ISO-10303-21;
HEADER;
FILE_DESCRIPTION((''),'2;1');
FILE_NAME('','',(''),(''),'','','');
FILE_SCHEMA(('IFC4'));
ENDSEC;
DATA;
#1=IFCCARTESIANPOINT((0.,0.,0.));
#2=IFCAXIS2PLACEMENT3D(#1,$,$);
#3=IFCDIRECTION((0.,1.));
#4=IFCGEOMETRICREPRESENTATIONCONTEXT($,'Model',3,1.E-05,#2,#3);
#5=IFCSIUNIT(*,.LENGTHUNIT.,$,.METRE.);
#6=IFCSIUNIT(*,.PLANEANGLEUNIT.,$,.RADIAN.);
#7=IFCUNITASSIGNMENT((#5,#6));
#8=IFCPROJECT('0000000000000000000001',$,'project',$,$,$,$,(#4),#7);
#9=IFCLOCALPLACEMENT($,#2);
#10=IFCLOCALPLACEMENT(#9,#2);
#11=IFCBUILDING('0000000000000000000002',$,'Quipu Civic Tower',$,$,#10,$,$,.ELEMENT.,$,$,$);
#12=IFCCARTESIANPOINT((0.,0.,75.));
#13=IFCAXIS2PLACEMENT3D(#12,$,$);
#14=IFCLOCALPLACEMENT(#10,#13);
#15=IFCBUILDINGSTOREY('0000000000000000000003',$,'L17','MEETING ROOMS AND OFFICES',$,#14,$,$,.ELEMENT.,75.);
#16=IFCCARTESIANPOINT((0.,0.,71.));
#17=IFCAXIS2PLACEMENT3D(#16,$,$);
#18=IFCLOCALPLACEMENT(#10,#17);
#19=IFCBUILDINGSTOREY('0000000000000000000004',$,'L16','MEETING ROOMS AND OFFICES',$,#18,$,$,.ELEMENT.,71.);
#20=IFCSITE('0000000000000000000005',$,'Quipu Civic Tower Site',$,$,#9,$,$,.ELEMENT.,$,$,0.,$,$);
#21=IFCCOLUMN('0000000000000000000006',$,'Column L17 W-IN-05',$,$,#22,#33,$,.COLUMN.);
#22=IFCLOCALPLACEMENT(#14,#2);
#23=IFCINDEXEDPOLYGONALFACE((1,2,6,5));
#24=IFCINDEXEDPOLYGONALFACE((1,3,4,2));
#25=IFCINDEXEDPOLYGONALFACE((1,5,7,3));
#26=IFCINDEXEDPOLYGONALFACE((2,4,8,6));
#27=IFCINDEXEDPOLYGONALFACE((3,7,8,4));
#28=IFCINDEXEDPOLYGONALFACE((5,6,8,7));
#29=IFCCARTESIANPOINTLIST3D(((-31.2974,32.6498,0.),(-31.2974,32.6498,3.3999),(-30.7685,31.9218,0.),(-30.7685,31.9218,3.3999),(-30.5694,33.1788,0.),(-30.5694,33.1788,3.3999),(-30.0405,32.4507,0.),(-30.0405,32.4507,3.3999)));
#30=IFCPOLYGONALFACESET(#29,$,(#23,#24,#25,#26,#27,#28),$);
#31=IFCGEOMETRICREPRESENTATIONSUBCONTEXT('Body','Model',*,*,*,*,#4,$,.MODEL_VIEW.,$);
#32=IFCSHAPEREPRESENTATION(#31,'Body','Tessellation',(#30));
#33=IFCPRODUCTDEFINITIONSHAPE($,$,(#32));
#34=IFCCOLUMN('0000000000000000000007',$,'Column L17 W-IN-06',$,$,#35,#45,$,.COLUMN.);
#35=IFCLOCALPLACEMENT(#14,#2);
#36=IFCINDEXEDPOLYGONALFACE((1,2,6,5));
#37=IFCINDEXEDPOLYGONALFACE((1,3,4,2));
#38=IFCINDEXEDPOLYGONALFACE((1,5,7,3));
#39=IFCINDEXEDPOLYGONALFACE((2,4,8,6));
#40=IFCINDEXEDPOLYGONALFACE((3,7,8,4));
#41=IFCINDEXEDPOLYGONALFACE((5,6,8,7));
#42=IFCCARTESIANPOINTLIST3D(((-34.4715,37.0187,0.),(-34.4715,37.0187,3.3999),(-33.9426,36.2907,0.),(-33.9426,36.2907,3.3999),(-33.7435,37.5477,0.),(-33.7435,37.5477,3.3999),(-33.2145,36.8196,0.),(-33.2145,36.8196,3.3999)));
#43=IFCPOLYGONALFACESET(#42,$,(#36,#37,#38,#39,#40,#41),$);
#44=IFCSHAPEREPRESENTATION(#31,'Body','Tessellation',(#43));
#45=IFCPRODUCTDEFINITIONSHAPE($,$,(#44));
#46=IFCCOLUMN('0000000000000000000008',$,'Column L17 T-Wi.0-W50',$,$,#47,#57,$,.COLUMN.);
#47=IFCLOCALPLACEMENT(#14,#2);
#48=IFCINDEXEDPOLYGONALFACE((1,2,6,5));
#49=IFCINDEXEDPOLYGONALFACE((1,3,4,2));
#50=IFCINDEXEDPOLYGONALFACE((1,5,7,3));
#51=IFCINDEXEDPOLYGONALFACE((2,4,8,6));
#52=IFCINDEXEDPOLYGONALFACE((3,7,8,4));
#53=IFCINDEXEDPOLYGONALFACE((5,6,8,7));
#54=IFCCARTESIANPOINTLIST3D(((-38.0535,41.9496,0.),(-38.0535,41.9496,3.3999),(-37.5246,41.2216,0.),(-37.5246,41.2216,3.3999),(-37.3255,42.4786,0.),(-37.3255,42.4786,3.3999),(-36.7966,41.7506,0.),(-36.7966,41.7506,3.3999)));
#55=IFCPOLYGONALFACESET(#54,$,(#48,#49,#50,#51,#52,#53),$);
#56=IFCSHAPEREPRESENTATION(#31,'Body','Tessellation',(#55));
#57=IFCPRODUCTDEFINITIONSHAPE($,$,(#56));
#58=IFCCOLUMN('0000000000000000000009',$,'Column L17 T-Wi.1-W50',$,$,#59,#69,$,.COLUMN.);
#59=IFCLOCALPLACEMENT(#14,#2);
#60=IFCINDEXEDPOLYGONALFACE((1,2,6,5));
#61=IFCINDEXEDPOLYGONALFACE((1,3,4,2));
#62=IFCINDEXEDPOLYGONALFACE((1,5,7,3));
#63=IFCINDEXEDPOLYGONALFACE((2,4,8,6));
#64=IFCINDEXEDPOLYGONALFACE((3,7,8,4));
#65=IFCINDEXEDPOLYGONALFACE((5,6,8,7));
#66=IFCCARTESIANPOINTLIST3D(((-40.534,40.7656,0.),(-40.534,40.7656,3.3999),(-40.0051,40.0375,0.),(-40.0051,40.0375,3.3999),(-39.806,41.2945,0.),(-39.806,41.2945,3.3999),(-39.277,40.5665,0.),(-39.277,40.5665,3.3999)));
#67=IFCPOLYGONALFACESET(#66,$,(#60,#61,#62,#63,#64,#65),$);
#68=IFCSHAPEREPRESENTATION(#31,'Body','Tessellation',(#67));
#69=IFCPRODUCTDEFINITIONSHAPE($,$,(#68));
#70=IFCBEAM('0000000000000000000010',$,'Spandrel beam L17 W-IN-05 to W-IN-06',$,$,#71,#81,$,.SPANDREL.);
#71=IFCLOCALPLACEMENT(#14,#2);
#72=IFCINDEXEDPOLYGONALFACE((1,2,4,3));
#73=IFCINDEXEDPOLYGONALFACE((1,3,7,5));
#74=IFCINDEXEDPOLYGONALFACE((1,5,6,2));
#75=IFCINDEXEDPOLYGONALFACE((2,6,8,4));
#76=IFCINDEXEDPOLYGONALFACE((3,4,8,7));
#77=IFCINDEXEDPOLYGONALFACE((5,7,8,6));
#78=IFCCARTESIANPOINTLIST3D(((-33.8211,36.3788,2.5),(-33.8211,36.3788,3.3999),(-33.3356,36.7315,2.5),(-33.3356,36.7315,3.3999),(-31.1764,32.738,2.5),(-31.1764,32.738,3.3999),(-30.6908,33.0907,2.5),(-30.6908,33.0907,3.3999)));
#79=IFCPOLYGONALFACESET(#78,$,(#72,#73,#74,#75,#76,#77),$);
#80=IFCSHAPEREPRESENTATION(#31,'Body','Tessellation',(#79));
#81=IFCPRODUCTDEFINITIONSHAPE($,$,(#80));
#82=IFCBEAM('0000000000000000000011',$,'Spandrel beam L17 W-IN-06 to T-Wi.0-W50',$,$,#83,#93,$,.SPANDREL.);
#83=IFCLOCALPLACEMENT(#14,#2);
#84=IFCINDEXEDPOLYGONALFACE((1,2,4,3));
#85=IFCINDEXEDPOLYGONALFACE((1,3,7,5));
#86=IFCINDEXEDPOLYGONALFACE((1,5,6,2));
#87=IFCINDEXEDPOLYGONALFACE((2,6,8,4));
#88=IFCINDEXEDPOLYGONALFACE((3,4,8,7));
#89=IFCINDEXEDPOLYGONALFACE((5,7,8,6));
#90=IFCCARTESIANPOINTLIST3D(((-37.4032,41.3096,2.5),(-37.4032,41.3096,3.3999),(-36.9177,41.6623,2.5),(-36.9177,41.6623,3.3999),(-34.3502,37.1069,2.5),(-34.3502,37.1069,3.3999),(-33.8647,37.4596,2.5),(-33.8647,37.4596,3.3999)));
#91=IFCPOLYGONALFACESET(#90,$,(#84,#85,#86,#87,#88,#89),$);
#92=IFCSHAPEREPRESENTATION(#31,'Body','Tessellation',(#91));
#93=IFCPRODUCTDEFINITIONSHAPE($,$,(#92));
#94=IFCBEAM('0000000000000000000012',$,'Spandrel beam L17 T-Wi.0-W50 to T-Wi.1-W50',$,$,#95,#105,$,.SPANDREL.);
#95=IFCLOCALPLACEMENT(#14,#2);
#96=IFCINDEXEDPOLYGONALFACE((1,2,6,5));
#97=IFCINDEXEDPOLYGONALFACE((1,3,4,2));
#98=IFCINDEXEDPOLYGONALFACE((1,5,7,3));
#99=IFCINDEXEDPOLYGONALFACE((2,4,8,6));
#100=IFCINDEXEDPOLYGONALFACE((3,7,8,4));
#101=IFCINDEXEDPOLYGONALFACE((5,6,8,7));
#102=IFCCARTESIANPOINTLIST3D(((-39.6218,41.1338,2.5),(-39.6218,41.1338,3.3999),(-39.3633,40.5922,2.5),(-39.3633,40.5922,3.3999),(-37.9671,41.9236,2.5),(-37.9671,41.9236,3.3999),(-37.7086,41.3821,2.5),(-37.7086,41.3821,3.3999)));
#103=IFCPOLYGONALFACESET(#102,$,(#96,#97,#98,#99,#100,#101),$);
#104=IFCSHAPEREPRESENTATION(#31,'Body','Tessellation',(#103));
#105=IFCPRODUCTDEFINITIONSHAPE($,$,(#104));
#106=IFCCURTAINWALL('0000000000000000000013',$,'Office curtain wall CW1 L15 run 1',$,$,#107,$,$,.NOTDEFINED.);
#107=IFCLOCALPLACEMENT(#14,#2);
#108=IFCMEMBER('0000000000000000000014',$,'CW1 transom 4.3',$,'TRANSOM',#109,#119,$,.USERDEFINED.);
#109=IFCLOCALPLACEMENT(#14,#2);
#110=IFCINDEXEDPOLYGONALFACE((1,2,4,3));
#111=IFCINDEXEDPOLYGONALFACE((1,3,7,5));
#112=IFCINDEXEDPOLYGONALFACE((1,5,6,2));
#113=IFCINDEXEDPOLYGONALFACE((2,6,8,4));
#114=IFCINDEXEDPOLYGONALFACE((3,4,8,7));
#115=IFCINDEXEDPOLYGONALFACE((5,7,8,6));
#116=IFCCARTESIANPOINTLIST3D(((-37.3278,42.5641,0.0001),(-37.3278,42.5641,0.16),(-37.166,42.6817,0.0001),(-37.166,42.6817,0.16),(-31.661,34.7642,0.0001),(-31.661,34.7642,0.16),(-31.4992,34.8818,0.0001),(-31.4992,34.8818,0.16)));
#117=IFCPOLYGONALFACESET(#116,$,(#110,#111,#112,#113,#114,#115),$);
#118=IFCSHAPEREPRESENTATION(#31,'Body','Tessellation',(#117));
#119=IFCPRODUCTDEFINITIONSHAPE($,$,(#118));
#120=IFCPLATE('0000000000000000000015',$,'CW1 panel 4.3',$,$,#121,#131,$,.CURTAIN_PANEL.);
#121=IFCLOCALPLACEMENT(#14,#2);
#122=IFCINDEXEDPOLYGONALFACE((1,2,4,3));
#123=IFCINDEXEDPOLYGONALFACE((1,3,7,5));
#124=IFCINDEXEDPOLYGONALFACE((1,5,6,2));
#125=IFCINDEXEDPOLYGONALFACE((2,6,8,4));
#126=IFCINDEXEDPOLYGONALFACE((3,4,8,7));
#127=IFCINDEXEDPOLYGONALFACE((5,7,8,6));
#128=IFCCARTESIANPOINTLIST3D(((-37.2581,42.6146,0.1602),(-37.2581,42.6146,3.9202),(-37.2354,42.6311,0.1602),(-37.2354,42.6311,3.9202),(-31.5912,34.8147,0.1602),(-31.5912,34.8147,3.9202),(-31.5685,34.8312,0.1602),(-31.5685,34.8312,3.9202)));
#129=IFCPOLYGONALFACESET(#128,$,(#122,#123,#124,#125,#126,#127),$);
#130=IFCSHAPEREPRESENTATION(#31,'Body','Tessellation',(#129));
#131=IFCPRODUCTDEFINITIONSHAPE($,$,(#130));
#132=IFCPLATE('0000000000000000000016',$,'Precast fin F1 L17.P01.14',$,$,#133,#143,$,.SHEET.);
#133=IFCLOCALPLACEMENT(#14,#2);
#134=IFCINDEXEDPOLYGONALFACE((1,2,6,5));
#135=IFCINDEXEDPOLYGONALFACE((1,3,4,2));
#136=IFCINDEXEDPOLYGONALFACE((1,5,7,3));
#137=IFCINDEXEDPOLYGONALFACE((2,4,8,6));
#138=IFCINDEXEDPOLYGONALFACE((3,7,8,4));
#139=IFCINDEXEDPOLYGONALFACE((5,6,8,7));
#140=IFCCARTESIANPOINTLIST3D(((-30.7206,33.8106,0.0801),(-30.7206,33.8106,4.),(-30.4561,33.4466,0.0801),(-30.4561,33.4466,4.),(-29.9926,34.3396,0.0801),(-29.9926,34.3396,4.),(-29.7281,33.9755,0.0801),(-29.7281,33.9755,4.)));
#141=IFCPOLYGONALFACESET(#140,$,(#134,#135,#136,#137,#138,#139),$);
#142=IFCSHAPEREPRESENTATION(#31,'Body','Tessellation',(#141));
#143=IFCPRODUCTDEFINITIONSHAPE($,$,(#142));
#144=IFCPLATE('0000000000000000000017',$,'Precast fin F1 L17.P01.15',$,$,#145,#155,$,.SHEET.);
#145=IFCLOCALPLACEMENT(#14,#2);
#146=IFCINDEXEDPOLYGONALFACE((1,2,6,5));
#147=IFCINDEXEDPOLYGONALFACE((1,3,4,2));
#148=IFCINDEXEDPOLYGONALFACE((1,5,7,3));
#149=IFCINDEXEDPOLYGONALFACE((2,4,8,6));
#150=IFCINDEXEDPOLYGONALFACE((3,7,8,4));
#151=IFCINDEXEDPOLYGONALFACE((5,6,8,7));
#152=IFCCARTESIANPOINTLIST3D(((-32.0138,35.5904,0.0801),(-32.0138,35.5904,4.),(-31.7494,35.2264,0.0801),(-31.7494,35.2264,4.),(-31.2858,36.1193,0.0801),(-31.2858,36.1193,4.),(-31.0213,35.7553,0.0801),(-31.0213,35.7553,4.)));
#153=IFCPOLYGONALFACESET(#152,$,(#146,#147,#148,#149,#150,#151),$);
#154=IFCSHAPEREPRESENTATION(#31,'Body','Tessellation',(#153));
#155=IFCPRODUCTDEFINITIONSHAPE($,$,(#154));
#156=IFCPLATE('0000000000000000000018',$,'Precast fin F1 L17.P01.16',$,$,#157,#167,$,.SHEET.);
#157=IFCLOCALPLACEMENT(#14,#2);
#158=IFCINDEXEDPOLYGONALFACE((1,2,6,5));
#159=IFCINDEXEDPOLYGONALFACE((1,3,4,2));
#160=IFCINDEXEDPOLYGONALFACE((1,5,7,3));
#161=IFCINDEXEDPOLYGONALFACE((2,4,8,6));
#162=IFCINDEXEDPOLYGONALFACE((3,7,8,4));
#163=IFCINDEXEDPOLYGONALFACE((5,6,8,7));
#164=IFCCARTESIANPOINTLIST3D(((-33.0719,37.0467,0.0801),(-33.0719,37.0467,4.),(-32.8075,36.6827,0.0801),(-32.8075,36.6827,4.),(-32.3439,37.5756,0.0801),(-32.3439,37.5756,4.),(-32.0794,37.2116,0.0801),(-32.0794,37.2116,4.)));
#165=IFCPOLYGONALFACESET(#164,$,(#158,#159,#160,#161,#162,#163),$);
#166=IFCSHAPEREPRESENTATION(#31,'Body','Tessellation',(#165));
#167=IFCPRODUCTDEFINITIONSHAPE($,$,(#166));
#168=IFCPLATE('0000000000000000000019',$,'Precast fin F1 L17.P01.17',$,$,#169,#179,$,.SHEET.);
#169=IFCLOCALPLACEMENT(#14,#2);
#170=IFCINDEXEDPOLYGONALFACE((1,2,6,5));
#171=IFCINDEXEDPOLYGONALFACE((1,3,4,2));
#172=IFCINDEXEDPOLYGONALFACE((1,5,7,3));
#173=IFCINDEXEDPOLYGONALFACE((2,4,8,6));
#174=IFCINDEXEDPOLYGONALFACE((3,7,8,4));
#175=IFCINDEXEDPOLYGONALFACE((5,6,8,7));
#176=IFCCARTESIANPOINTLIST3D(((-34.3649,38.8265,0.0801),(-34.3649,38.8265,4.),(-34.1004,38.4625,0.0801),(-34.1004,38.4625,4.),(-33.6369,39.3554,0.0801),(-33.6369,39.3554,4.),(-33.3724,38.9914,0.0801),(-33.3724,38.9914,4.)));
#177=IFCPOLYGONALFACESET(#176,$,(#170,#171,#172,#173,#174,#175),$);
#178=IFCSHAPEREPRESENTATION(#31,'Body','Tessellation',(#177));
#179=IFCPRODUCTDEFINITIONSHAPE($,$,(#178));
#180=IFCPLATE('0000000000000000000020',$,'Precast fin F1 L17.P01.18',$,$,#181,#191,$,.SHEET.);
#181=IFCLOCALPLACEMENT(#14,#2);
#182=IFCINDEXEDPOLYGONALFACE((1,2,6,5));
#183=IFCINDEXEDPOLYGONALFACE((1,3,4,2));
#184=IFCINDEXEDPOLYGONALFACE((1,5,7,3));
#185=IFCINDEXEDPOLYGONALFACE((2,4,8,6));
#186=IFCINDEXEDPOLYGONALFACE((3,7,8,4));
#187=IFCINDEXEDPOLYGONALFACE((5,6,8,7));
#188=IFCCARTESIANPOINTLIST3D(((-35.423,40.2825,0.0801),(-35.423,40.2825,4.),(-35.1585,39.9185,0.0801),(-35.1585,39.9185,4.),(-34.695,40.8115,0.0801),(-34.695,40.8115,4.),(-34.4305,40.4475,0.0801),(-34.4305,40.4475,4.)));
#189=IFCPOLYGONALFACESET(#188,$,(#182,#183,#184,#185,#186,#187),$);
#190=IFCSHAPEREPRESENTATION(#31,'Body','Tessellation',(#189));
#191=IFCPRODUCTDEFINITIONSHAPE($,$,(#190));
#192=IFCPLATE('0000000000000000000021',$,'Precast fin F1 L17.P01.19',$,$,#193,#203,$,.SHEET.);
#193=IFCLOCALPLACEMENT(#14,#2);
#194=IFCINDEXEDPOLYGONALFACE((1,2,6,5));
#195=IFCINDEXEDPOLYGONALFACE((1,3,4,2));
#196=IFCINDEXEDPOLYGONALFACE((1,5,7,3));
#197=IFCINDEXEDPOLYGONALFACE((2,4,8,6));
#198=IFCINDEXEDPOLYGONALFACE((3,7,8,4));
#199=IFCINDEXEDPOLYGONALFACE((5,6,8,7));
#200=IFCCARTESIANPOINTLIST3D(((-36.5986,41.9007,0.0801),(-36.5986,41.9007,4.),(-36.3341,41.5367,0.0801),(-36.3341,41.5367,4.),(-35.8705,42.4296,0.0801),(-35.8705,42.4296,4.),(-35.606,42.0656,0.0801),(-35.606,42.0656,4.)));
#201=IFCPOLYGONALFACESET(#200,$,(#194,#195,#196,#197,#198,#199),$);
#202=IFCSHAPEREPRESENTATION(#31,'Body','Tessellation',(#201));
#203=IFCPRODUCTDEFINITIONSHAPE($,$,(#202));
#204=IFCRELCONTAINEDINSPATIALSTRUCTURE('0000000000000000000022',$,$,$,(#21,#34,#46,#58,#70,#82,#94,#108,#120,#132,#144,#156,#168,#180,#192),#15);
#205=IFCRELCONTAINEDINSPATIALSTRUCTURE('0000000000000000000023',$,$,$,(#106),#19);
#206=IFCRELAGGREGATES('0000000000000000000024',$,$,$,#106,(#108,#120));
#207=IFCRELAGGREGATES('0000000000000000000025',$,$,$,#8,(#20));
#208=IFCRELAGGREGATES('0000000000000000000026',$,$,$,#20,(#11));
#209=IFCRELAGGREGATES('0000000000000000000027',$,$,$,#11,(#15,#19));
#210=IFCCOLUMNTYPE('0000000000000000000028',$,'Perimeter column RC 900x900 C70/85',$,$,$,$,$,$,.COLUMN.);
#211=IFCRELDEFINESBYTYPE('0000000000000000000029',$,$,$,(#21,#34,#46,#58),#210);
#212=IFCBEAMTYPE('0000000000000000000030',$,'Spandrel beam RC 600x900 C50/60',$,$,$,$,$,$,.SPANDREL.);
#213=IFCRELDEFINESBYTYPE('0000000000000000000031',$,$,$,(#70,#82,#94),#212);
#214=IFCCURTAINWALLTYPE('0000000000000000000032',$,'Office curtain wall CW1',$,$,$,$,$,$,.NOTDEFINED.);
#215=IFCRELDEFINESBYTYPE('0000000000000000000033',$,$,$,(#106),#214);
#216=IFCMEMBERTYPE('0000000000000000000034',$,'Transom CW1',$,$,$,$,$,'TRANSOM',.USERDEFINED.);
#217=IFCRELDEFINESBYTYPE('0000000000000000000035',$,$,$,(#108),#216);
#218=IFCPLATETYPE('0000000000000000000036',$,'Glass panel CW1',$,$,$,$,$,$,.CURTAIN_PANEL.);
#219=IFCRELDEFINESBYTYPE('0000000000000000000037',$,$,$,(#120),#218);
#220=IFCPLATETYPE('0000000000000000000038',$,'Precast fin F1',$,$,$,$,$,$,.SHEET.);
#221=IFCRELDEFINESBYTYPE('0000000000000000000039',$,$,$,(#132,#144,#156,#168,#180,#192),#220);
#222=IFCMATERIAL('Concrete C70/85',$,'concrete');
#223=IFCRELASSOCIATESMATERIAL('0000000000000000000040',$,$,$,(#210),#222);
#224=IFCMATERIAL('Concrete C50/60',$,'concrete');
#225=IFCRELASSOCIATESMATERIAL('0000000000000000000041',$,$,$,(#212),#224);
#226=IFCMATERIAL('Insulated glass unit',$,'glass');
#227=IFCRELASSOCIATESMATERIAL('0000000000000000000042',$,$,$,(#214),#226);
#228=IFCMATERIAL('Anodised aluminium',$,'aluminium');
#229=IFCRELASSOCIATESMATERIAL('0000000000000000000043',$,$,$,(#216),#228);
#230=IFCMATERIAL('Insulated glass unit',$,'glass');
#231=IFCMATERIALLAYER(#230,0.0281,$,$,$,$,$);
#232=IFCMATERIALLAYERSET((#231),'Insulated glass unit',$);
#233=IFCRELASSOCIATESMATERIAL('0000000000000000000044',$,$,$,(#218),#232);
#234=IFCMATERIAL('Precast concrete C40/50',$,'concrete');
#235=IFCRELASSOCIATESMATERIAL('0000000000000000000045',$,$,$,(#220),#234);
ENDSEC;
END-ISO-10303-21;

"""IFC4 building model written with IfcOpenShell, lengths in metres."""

from ifc_helpers import new_model, si_unit, direction, frame, origin, origin_2d, place, context, subcontext, project, spatial, rectangle, extrude, material, layer, layer_set, material_profile, profile_set, type_object, element, aggregate, save


model = new_model("IFC4")

# Units and contexts
model_context = context("Model", 3, precision=1e-05, world=origin(), true_north=direction((0.0, 1.0)))
body_context = subcontext(model_context, "Body", "Model", "MODEL_VIEW")
ifc_project = project(units=[si_unit("LENGTHUNIT", "METRE"), si_unit("PLANEANGLEUNIT", "RADIAN")], contexts=[model_context])

# Site, building, storey
site_placement = place(None, origin())
site = spatial("IfcSite", under=ifc_project, at=site_placement, Name="Quipu Civic Tower Site", CompositionType="ELEMENT", RefElevation=0.0)
building_placement = place(site_placement, origin())
building = spatial("IfcBuilding", under=site, at=building_placement, Name="Quipu Civic Tower", CompositionType="ELEMENT")
storey_1_placement = place(building_placement, frame((0.0, 0.0, 75.0)))
storey_1 = spatial("IfcBuildingStorey", under=building, at=storey_1_placement, Name="L17", Description="MEETING ROOMS AND OFFICES", CompositionType="ELEMENT", Elevation=75.0)

# Columns
ifc_material_1 = material(Name="Concrete C70/85", Category="concrete")
ifc_material_profile_1 = material_profile(ifc_material_1, rectangle(XDim=0.8999, YDim=0.8999, at=origin_2d()), Name="RC900x900")
ifc_profile_set_1 = profile_set([ifc_material_profile_1], Name="Concrete C70/85")
column_type = type_object("IfcColumnType", Name="Perimeter column RC 900x900 C70/85", PredefinedType="COLUMN", material=ifc_profile_set_1)
for number, where, z_axis, x_axis, name in (
    (1, (-30.6689, 32.5503, 0.0), (0.0, 0.0, 1.0), (-0.587785, 0.809017, 0.0), "Column L17 W-IN-05"),
    (2, (-33.843, 36.9192, 0.0), (0.0, 0.0, 1.0), (-0.587785, 0.809017, 0.0), "Column L17 W-IN-06"),
    (3, (-37.425, 41.8501, 0.0), (0.0, 0.0, 1.0), (-0.587785, 0.809017, 0.0), "Column L17 T-Wi.0-W50"),
    (4, (-39.9055, 40.666, 0.0), (0.0, 0.0, 1.0), (-0.587785, 0.809017, 0.0), "Column L17 T-Wi.1-W50"),
):
    element("IfcColumn", number, at=place(storey_1_placement, frame(where, z_axis=z_axis, x_axis=x_axis)), inside=storey_1, type_object=column_type, Name=name, PredefinedType="COLUMN", context=body_context, shape_type="SweptSolid", body=[
        extrude(rectangle(XDim=0.8999, YDim=0.8999, at=origin_2d()), origin(), (0.0, 0.0, 1.0), 3.3999),
    ])

# Beams
ifc_material_2 = material(Name="Concrete C50/60", Category="concrete")
ifc_material_profile_2 = material_profile(ifc_material_2, rectangle(XDim=0.6001, YDim=0.8999, at=origin_2d()), Name="RC600x900")
ifc_profile_set_2 = profile_set([ifc_material_profile_2], Name="Concrete C50/60")
beam_type = type_object("IfcBeamType", Name="Spandrel beam RC 600x900 C50/60", PredefinedType="SPANDREL", material=ifc_profile_set_2)
beam_1_placement = place(storey_1_placement, frame((-30.9336, 32.9143, 2.95), z_axis=(-0.587717, 0.809067, 0.0), x_axis=(-0.809067, -0.587717, 0.0)))
element("IfcBeam", 5, at=beam_1_placement, inside=storey_1, type_object=beam_type, Name="Spandrel beam L17 W-IN-05 to W-IN-06", PredefinedType="SPANDREL", context=body_context, shape_type="SweptSolid", body=[
    extrude(rectangle(XDim=0.6001, YDim=0.8999, at=origin_2d()), origin(), (0.0, 0.0, 1.0), 4.5),
])
beam_2_placement = place(storey_1_placement, frame((-34.1074, 37.2832, 2.95), z_axis=(-0.587733, 0.809055, 0.0), x_axis=(-0.809055, -0.587733, 0.0)))
element("IfcBeam", 6, at=beam_2_placement, inside=storey_1, type_object=beam_type, Name="Spandrel beam L17 W-IN-06 to T-Wi.0-W50", PredefinedType="SPANDREL", context=body_context, shape_type="SweptSolid", body=[
    extrude(rectangle(XDim=0.6001, YDim=0.8999, at=origin_2d()), origin(), (0.0, 0.0, 1.0), 5.1946),
])
beam_3_placement = place(storey_1_placement, frame((-37.8379, 41.6528, 2.95), z_axis=(-0.902454, -0.430786, 0.0), x_axis=(0.430786, -0.902454, 0.0)))
element("IfcBeam", 7, at=beam_3_placement, inside=storey_1, type_object=beam_type, Name="Spandrel beam L17 T-Wi.0-W50 to T-Wi.1-W50", PredefinedType="SPANDREL", context=body_context, shape_type="SweptSolid", body=[
    extrude(rectangle(XDim=0.6001, YDim=0.8999, at=origin_2d()), origin(), (0.0, 0.0, 1.0), 1.8335),
])

# Shared definitions
storey_2_placement = place(building_placement, frame((0.0, 0.0, 71.0)))
storey_2 = spatial("IfcBuildingStorey", under=building, at=storey_2_placement, Name="L16", Description="MEETING ROOMS AND OFFICES", CompositionType="ELEMENT", Elevation=71.0)

# Curtain wall, member, plate
ifc_material_3 = material(Name="Insulated glass unit", Category="glass")
curtain_wall_type = type_object("IfcCurtainWallType", Name="Office curtain wall CW1", PredefinedType="NOTDEFINED", material=ifc_material_3)
curtain_wall_placement = place(storey_2_placement, origin())
curtain_wall = element("IfcCurtainWall", 8, at=curtain_wall_placement, inside=storey_2, type_object=curtain_wall_type, Name="Office curtain wall CW1 L15 run 1", PredefinedType="NOTDEFINED")
ifc_material_4 = material(Name="Anodised aluminium", Category="aluminium")
ifc_material_profile_3 = material_profile(ifc_material_4, rectangle(XDim=0.2, YDim=0.1599, at=origin_2d()), Name="RECT 200x160")
ifc_profile_set_3 = profile_set([ifc_material_profile_3], Name="Anodised aluminium")
member_type = type_object("IfcMemberType", Name="Transom CW1", ElementType="TRANSOM", PredefinedType="USERDEFINED", material=ifc_profile_set_3)
member_placement = place(storey_1_placement, frame((-31.5801, 34.823, 0.0801), z_axis=(-0.587776, 0.809024, 0.0), x_axis=(-0.809024, -0.587776, 0.0)))
member = element("IfcMember", 9, at=member_placement, inside=storey_1, type_object=member_type, Name="CW1 transom 4.3", ObjectType="TRANSOM", PredefinedType="USERDEFINED", context=body_context, shape_type="SweptSolid", body=[
    extrude(rectangle(XDim=0.2, YDim=0.1599, at=origin_2d()), origin(), (0.0, 0.0, 1.0), 9.6411),
])
ifc_material_5 = material(Name="Insulated glass unit", Category="glass")
ifc_layer_1 = layer(ifc_material_5, 0.0281)
ifc_layer_set_1 = layer_set([ifc_layer_1], Name="Insulated glass unit")
plate_type_1 = type_object("IfcPlateType", Name="Glass panel CW1", PredefinedType="CURTAIN_PANEL", material=ifc_layer_set_1)
plate_placement = place(storey_1_placement, frame((-34.4133, 38.7229, 0.1602), z_axis=(0.0, 0.0, 1.0), x_axis=(-0.587786, 0.809017, 0.0)))
plate = element("IfcPlate", 10, at=plate_placement, inside=storey_1, type_object=plate_type_1, Name="CW1 panel 4.3", PredefinedType="CURTAIN_PANEL", context=body_context, shape_type="SweptSolid", body=[
    extrude(rectangle(XDim=9.6411, YDim=0.0281, at=origin_2d()), origin(), (0.0, 0.0, 1.0), 3.76),
])
aggregate(curtain_wall, [member, plate])

# Plates
ifc_material_6 = material(Name="Precast concrete C40/50", Category="concrete")
plate_type_2 = type_object("IfcPlateType", Name="Precast fin F1", PredefinedType="SHEET", material=ifc_material_6)
for number, where, z_axis, x_axis, name in (
    (11, (-30.2244, 33.8931, 0.0801), (0.0, 0.0, 1.0), (-0.587785, 0.809017, 0.0), "Precast fin F1 L17.P01.14"),
    (12, (-31.5176, 35.6729, 0.0801), (0.0, 0.0, 1.0), (-0.587785, 0.809017, 0.0), "Precast fin F1 L17.P01.15"),
    (13, (-32.5757, 37.1292, 0.0801), (0.0, 0.0, 1.0), (-0.587785, 0.809017, 0.0), "Precast fin F1 L17.P01.16"),
    (14, (-33.8687, 38.9089, 0.0801), (0.0, 0.0, 1.0), (-0.587785, 0.809017, 0.0), "Precast fin F1 L17.P01.17"),
    (15, (-34.9268, 40.365, 0.0801), (0.0, 0.0, 1.0), (-0.587785, 0.809017, 0.0), "Precast fin F1 L17.P01.18"),
    (16, (-36.1023, 41.9832, 0.0801), (0.0, 0.0, 1.0), (-0.587785, 0.809017, 0.0), "Precast fin F1 L17.P01.19"),
):
    element("IfcPlate", number, at=place(storey_1_placement, frame(where, z_axis=z_axis, x_axis=x_axis)), inside=storey_1, type_object=plate_type_2, Name=name, PredefinedType="SHEET", context=body_context, shape_type="SweptSolid", body=[
        extrude(rectangle(XDim=0.45, YDim=0.8999, at=origin_2d()), origin(), (0.0, 0.0, 1.0), 3.9199),
    ])

save(model, "model.ifc")
